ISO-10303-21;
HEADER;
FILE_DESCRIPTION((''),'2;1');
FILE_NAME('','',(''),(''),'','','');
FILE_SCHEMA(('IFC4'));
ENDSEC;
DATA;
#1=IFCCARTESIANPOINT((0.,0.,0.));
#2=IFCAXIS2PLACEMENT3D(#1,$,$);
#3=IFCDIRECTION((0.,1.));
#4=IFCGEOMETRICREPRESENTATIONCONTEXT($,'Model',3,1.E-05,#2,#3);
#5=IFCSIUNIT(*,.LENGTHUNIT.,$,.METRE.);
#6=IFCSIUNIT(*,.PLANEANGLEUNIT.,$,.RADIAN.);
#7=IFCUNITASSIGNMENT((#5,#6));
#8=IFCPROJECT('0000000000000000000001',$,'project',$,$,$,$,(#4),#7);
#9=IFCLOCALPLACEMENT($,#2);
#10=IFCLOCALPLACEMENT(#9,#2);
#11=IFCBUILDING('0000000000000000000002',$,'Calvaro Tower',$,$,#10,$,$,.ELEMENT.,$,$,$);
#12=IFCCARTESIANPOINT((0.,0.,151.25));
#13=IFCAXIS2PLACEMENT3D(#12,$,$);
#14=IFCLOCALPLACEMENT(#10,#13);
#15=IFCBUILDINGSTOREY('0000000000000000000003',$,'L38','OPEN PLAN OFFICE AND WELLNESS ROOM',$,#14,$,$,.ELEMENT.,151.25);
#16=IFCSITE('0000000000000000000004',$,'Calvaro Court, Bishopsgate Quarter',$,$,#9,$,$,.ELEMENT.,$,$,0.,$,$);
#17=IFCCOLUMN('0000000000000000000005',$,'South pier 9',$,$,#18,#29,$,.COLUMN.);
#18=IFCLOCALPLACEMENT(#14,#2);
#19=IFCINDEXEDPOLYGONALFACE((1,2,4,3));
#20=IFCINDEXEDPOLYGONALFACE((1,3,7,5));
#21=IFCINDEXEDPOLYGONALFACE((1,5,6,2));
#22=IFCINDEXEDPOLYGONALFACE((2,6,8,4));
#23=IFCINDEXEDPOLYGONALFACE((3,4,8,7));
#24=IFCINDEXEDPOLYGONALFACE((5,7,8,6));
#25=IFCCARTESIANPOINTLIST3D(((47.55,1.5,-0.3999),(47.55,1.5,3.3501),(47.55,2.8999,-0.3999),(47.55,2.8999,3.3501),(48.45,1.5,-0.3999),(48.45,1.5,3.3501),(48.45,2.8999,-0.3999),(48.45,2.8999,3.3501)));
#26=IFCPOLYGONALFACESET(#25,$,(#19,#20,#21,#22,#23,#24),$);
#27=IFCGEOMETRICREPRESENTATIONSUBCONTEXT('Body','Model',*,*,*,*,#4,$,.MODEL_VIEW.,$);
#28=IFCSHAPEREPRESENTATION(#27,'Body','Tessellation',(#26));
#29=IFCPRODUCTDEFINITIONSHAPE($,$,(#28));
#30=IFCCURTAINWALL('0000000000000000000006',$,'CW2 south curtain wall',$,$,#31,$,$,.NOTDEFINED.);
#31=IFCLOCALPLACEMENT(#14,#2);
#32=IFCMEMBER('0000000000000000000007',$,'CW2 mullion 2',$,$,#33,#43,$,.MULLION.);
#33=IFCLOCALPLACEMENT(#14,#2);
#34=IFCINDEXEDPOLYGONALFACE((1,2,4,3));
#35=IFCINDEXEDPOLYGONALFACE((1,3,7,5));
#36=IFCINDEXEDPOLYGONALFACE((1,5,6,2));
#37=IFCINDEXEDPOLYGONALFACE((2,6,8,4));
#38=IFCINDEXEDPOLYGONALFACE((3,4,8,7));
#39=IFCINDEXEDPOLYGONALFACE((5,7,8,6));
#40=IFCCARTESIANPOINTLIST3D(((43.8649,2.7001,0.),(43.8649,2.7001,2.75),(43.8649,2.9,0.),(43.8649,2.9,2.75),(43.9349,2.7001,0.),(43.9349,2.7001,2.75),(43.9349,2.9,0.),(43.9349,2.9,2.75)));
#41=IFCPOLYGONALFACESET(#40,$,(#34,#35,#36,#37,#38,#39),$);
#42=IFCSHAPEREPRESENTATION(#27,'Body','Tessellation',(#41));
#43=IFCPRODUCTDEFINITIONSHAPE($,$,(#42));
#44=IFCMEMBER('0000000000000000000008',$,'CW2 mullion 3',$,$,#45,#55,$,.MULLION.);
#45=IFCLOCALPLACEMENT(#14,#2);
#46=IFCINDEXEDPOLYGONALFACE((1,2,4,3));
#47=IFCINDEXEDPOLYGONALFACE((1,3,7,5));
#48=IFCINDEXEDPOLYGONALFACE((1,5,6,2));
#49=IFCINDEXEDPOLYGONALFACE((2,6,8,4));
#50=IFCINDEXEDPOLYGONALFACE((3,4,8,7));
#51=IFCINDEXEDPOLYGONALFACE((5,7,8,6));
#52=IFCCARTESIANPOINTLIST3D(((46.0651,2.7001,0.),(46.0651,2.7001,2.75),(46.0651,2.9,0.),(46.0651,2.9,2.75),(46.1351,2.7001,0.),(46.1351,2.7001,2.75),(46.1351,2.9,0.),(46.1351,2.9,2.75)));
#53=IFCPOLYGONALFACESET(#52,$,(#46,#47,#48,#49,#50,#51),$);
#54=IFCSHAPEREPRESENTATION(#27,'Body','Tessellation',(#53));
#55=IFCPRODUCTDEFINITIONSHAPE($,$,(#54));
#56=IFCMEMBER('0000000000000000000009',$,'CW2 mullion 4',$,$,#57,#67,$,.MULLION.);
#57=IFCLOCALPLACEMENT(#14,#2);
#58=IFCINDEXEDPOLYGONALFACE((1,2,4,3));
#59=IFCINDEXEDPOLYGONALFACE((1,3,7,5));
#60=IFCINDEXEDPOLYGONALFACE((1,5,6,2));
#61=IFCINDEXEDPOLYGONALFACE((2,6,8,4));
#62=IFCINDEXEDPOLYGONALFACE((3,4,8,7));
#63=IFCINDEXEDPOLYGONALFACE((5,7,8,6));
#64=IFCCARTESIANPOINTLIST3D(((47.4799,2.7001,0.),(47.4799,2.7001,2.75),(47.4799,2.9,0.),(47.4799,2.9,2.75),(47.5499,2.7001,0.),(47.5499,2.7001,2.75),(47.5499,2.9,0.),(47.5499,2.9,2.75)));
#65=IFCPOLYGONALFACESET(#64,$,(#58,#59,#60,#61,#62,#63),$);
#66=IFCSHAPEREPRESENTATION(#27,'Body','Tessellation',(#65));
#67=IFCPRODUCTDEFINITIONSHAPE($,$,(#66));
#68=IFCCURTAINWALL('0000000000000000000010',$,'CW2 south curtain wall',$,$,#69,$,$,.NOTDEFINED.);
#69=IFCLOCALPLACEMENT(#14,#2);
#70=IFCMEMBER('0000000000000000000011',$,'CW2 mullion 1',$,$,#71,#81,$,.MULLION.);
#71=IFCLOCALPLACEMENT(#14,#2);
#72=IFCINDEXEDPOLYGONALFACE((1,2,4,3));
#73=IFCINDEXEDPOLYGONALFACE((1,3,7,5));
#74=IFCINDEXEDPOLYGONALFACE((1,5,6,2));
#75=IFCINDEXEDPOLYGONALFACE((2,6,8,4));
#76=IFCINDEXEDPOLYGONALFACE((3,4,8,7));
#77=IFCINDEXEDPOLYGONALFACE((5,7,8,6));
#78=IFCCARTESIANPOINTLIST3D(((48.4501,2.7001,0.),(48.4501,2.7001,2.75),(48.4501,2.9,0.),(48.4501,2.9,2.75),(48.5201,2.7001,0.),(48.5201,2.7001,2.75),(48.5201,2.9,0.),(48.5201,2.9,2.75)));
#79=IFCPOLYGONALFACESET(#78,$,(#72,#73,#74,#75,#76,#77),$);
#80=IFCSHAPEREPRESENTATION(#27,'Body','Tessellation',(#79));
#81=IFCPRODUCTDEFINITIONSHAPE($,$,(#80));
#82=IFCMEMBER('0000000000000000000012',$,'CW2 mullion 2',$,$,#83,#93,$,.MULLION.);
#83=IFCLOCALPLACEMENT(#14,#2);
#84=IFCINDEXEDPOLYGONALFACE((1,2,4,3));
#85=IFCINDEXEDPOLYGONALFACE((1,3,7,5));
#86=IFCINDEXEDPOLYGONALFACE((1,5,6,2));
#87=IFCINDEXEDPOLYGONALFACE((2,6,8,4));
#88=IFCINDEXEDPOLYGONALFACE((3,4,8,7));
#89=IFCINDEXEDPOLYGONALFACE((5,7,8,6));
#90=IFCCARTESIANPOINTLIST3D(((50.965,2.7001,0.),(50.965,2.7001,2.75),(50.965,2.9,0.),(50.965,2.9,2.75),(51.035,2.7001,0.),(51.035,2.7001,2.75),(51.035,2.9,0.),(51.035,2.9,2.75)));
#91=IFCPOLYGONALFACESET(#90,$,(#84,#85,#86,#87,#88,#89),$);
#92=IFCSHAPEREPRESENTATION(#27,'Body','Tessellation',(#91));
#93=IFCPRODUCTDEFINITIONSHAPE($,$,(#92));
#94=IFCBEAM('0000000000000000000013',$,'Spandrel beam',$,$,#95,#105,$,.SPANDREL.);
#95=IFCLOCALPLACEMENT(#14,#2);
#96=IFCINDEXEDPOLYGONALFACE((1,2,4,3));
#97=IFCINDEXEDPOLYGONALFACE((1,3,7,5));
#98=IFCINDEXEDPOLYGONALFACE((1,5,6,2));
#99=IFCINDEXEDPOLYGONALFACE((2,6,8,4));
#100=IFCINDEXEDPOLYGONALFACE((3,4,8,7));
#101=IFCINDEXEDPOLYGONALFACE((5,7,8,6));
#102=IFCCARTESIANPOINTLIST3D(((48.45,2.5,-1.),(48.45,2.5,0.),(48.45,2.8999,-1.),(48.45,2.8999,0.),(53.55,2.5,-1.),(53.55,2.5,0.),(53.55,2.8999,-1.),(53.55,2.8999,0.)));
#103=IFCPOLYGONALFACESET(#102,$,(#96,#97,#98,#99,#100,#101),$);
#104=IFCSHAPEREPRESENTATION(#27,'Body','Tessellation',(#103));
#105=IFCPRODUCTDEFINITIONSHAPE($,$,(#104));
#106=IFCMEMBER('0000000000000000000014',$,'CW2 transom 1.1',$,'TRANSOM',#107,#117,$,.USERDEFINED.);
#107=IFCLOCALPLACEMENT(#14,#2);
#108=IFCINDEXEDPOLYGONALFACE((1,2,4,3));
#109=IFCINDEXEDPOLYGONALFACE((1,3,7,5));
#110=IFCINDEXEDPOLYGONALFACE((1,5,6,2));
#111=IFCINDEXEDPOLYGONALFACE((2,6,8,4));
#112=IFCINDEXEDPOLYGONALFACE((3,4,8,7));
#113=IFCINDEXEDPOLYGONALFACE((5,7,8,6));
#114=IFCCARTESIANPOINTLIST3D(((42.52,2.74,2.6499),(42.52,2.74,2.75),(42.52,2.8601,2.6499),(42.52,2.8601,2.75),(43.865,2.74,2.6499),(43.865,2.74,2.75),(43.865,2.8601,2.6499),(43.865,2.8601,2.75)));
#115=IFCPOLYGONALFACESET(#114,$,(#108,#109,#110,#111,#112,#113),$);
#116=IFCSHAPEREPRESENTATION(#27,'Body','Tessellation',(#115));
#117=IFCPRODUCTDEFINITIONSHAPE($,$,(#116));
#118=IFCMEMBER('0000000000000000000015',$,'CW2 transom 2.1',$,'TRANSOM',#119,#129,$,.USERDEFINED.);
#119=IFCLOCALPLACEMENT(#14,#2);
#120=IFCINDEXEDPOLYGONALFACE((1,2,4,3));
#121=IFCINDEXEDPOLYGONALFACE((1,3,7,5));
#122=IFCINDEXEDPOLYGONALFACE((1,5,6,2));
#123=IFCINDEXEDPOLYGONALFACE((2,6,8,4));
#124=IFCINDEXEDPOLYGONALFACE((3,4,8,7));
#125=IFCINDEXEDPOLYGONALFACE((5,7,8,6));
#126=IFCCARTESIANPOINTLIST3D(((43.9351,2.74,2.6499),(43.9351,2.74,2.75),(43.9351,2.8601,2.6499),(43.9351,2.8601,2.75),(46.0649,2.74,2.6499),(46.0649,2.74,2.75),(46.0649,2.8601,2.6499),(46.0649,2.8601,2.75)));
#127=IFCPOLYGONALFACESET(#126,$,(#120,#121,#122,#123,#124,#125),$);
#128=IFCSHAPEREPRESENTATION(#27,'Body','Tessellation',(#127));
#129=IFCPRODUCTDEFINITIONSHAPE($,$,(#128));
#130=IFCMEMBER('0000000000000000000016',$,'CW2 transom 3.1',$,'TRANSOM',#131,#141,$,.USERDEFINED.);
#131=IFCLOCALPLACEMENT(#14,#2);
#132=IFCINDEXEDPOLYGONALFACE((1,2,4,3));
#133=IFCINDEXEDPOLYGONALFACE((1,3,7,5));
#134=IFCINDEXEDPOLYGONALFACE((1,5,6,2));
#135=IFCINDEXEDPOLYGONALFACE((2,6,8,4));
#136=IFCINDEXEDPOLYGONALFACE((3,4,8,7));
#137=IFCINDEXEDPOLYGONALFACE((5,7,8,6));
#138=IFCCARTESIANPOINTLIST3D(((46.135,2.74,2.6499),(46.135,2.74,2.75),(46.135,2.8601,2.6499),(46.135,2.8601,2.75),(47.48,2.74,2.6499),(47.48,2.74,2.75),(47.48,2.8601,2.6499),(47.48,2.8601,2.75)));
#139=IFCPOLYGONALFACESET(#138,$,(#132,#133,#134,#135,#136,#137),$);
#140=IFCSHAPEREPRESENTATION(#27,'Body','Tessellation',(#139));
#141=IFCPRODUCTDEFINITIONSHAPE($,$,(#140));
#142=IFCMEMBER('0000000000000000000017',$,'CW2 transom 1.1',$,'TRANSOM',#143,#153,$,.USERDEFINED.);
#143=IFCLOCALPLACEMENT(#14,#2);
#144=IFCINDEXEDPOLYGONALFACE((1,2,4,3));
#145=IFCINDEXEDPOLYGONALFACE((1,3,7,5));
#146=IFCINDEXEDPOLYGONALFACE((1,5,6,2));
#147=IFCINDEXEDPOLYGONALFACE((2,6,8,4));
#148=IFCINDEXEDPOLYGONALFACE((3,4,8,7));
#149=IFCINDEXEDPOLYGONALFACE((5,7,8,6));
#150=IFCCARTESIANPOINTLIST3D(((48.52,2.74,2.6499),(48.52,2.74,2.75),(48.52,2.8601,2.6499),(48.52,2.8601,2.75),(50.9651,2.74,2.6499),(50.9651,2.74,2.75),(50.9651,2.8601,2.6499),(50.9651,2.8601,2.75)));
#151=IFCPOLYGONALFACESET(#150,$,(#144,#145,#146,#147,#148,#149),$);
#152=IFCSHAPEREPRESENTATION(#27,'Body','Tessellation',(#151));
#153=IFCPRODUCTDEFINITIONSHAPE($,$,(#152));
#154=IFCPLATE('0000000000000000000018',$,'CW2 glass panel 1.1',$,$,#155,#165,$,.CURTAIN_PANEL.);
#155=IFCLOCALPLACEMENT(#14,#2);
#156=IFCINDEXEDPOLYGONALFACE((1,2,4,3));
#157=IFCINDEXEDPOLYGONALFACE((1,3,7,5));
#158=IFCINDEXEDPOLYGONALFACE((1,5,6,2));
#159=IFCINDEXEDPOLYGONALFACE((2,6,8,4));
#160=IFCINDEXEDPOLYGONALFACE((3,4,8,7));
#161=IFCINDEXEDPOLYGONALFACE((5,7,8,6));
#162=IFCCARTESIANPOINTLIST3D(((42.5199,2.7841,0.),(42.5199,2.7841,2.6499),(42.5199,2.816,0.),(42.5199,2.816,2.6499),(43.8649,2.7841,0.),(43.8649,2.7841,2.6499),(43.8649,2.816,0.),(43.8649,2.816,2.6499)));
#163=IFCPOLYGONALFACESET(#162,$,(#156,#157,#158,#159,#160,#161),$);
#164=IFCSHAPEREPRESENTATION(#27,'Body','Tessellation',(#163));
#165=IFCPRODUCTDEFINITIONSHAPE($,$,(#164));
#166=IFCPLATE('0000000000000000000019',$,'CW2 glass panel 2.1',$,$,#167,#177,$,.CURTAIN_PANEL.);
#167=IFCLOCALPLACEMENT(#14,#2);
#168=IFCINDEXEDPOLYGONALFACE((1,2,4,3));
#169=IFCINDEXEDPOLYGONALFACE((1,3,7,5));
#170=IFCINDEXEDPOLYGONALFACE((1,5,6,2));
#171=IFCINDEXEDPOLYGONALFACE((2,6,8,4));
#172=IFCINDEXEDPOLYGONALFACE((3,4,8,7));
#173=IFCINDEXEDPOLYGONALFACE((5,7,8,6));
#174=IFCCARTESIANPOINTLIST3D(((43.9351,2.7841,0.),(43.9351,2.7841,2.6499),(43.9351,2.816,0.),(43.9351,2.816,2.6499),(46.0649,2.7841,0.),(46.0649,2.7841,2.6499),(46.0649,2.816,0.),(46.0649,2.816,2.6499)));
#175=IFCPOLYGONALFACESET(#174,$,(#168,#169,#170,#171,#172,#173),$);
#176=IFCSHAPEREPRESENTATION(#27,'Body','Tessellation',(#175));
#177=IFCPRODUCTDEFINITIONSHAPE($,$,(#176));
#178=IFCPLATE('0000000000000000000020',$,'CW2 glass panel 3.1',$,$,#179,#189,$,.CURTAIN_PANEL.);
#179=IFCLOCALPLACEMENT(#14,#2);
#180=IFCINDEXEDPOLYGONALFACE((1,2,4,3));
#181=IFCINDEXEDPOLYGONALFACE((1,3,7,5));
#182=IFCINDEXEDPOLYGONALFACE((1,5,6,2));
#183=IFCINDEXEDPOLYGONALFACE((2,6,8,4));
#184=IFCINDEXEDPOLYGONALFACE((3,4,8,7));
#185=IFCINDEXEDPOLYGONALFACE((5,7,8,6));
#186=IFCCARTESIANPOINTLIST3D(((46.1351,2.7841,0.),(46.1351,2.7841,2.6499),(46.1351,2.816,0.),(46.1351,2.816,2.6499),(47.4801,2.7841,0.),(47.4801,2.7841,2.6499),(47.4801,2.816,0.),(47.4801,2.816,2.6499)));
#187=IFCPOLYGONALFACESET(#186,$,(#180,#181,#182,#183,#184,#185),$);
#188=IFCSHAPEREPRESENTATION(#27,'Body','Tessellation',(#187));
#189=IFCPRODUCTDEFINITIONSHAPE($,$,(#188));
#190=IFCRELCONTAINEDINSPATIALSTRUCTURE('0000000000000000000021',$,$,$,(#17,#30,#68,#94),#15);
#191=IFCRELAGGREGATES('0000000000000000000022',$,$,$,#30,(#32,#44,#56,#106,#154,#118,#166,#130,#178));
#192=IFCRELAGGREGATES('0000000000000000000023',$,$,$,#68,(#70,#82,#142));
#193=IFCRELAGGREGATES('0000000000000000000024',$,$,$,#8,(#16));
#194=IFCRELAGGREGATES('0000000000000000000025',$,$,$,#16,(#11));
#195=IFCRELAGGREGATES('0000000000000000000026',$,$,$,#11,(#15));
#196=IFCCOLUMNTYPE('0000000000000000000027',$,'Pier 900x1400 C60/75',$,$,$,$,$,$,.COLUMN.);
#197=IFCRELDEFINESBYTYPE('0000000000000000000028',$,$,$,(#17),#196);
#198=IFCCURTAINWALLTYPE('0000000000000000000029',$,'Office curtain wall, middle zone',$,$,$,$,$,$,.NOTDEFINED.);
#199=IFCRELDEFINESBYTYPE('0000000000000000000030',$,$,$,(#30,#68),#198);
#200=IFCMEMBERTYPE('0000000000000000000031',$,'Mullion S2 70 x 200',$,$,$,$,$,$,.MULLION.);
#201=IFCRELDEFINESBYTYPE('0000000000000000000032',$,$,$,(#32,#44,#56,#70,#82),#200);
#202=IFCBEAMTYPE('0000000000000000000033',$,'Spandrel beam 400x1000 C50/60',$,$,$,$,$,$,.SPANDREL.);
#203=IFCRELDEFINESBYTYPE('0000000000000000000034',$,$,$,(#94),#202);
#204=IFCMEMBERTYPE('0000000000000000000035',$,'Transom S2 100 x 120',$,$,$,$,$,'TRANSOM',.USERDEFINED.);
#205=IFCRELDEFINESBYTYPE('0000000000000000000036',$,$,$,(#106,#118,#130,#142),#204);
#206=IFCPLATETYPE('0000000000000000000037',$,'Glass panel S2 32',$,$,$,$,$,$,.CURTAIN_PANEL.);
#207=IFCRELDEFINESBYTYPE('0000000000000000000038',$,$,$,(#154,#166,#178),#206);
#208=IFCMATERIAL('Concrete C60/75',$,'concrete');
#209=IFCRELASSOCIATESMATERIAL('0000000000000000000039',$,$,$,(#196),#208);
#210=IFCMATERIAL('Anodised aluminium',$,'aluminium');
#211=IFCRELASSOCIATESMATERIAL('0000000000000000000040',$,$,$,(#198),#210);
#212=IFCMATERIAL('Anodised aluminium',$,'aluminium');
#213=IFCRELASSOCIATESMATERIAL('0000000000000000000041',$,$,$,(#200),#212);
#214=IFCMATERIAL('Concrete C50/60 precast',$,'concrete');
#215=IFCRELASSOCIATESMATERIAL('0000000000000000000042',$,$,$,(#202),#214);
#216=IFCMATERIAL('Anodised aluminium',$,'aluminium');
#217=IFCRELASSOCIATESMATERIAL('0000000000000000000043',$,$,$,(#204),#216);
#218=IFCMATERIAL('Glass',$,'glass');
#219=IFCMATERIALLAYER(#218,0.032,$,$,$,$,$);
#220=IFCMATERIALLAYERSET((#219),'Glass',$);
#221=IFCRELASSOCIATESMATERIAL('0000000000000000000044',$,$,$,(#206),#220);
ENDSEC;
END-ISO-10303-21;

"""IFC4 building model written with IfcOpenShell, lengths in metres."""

from ifc_helpers import new_model, si_unit, direction, frame, origin, origin_2d, place, context, subcontext, project, spatial, rectangle, extrude, material, layer, layer_set, material_profile, profile_set, type_object, element, aggregate, save


model = new_model("IFC4")

# Units and contexts
model_context = context("Model", 3, precision=1e-05, world=origin(), true_north=direction((0.0, 1.0)))
body_context = subcontext(model_context, "Body", "Model", "MODEL_VIEW")
ifc_project = project(units=[si_unit("LENGTHUNIT", "METRE"), si_unit("PLANEANGLEUNIT", "RADIAN")], contexts=[model_context])

# Site, building, storey
site_placement = place(None, origin())
site = spatial("IfcSite", under=ifc_project, at=site_placement, Name="Calvaro Court, Bishopsgate Quarter", CompositionType="ELEMENT", RefElevation=0.0)
building_placement = place(site_placement, origin())
building = spatial("IfcBuilding", under=site, at=building_placement, Name="Calvaro Tower", CompositionType="ELEMENT")
storey_placement = place(building_placement, frame((0.0, 0.0, 151.25)))
storey = spatial("IfcBuildingStorey", under=building, at=storey_placement, Name="L38", Description="OPEN PLAN OFFICE AND WELLNESS ROOM", CompositionType="ELEMENT", Elevation=151.25)

# Column
ifc_material_1 = material(Name="Concrete C60/75", Category="concrete")
ifc_material_profile_1 = material_profile(ifc_material_1, rectangle(XDim=0.8999, YDim=1.3999, at=origin_2d()), Name="RC 900x1400")
ifc_profile_set_1 = profile_set([ifc_material_profile_1], Name="Concrete C60/75")
column_type = type_object("IfcColumnType", Name="Pier 900x1400 C60/75", PredefinedType="COLUMN", material=ifc_profile_set_1)
column_placement = place(storey_placement, frame((48.0, 2.2, -0.3999), z_axis=(0.0, 0.0, 1.0), x_axis=(1.0, 0.0, 0.0)))
element("IfcColumn", 1, at=column_placement, inside=storey, type_object=column_type, Name="South pier 9", PredefinedType="COLUMN", context=body_context, shape_type="SweptSolid", body=[
    extrude(rectangle(XDim=0.8999, YDim=1.3999, at=origin_2d()), origin(), (0.0, 0.0, 1.0), 3.75),
])

# Curtain walls, members
ifc_material_2 = material(Name="Anodised aluminium", Category="aluminium")
curtain_wall_type = type_object("IfcCurtainWallType", Name="Office curtain wall, middle zone", PredefinedType="NOTDEFINED", material=ifc_material_2)
curtain_wall_1_placement = place(storey_placement, origin())
curtain_wall_1 = element("IfcCurtainWall", 2, at=curtain_wall_1_placement, inside=storey, type_object=curtain_wall_type, Name="CW2 south curtain wall", PredefinedType="NOTDEFINED")
ifc_material_3 = material(Name="Anodised aluminium", Category="aluminium")
ifc_material_profile_2 = material_profile(ifc_material_3, rectangle(XDim=0.2, YDim=0.0701, at=origin_2d()), Name="Mullion S2 70 x 200")
ifc_profile_set_2 = profile_set([ifc_material_profile_2], Name="Anodised aluminium")
member_type_1 = type_object("IfcMemberType", Name="Mullion S2 70 x 200", PredefinedType="MULLION", material=ifc_profile_set_2)
member_1_placement = place(storey_placement, frame((43.8999, 2.8, 0.0), z_axis=(0.0, 0.0, 1.0), x_axis=(0.0, 1.0, 0.0)))
member_1 = element("IfcMember", 3, at=member_1_placement, type_object=member_type_1, Name="CW2 mullion 2", PredefinedType="MULLION", context=body_context, shape_type="SweptSolid", body=[
    extrude(rectangle(XDim=0.2, YDim=0.0701, at=origin_2d()), origin(), (0.0, 0.0, 1.0), 2.75),
])
member_2_placement = place(storey_placement, frame((46.1001, 2.8, 0.0), z_axis=(0.0, 0.0, 1.0), x_axis=(0.0, 1.0, 0.0)))
member_2 = element("IfcMember", 4, at=member_2_placement, type_object=member_type_1, Name="CW2 mullion 3", PredefinedType="MULLION", context=body_context, shape_type="SweptSolid", body=[
    extrude(rectangle(XDim=0.2, YDim=0.0701, at=origin_2d()), origin(), (0.0, 0.0, 1.0), 2.75),
])
member_3_placement = place(storey_placement, frame((47.5149, 2.8, 0.0), z_axis=(0.0, 0.0, 1.0), x_axis=(0.0, 1.0, 0.0)))
member_3 = element("IfcMember", 5, at=member_3_placement, type_object=member_type_1, Name="CW2 mullion 4", PredefinedType="MULLION", context=body_context, shape_type="SweptSolid", body=[
    extrude(rectangle(XDim=0.2, YDim=0.0701, at=origin_2d()), origin(), (0.0, 0.0, 1.0), 2.75),
])
curtain_wall_2_placement = place(storey_placement, origin())
curtain_wall_2 = element("IfcCurtainWall", 6, at=curtain_wall_2_placement, inside=storey, type_object=curtain_wall_type, Name="CW2 south curtain wall", PredefinedType="NOTDEFINED")
member_4_placement = place(storey_placement, frame((48.4851, 2.8, 0.0), z_axis=(0.0, 0.0, 1.0), x_axis=(0.0, 1.0, 0.0)))
member_4 = element("IfcMember", 7, at=member_4_placement, type_object=member_type_1, Name="CW2 mullion 1", PredefinedType="MULLION", context=body_context, shape_type="SweptSolid", body=[
    extrude(rectangle(XDim=0.2, YDim=0.0701, at=origin_2d()), origin(), (0.0, 0.0, 1.0), 2.75),
])
member_5_placement = place(storey_placement, frame((51.0, 2.8, 0.0), z_axis=(0.0, 0.0, 1.0), x_axis=(0.0, 1.0, 0.0)))
member_5 = element("IfcMember", 8, at=member_5_placement, type_object=member_type_1, Name="CW2 mullion 2", PredefinedType="MULLION", context=body_context, shape_type="SweptSolid", body=[
    extrude(rectangle(XDim=0.2, YDim=0.0701, at=origin_2d()), origin(), (0.0, 0.0, 1.0), 2.75),
])

# Beam
ifc_material_4 = material(Name="Concrete C50/60 precast", Category="concrete")
ifc_material_profile_3 = material_profile(ifc_material_4, rectangle(XDim=0.3999, YDim=1.0, at=origin_2d()), Name="RC 400x1000")
ifc_profile_set_3 = profile_set([ifc_material_profile_3], Name="Concrete C50/60 precast")
beam_type = type_object("IfcBeamType", Name="Spandrel beam 400x1000 C50/60", PredefinedType="SPANDREL", material=ifc_profile_set_3)
beam_placement = place(storey_placement, frame((48.45, 2.7, -0.5), z_axis=(1.0, 0.0, 0.0), x_axis=(0.0, 1.0, 0.0)))
element("IfcBeam", 9, at=beam_placement, inside=storey, type_object=beam_type, Name="Spandrel beam", PredefinedType="SPANDREL", context=body_context, shape_type="SweptSolid", body=[
    extrude(rectangle(XDim=0.3999, YDim=1.0, at=origin_2d()), origin(), (0.0, 0.0, 1.0), 5.1001),
])

# Members
ifc_material_5 = material(Name="Anodised aluminium", Category="aluminium")
ifc_material_profile_4 = material_profile(ifc_material_5, rectangle(XDim=0.1201, YDim=0.1001, at=origin_2d()), Name="Transom S2 100 x 120")
ifc_profile_set_4 = profile_set([ifc_material_profile_4], Name="Anodised aluminium")
member_type_2 = type_object("IfcMemberType", Name="Transom S2 100 x 120", ElementType="TRANSOM", PredefinedType="USERDEFINED", material=ifc_profile_set_4)
member_6_placement = place(storey_placement, frame((42.52, 2.8, 2.7), z_axis=(1.0, 0.0, 0.0), x_axis=(0.0, 1.0, 0.0)))
member_6 = element("IfcMember", 10, at=member_6_placement, type_object=member_type_2, Name="CW2 transom 1.1", ObjectType="TRANSOM", PredefinedType="USERDEFINED", context=body_context, shape_type="SweptSolid", body=[
    extrude(rectangle(XDim=0.1201, YDim=0.1001, at=origin_2d()), origin(), (0.0, 0.0, 1.0), 1.345),
])
member_7_placement = place(storey_placement, frame((43.9351, 2.8, 2.7), z_axis=(1.0, 0.0, 0.0), x_axis=(0.0, 1.0, 0.0)))
member_7 = element("IfcMember", 11, at=member_7_placement, type_object=member_type_2, Name="CW2 transom 2.1", ObjectType="TRANSOM", PredefinedType="USERDEFINED", context=body_context, shape_type="SweptSolid", body=[
    extrude(rectangle(XDim=0.1201, YDim=0.1001, at=origin_2d()), origin(), (0.0, 0.0, 1.0), 2.1299),
])
member_8_placement = place(storey_placement, frame((46.135, 2.8, 2.7), z_axis=(1.0, 0.0, 0.0), x_axis=(0.0, 1.0, 0.0)))
member_8 = element("IfcMember", 12, at=member_8_placement, type_object=member_type_2, Name="CW2 transom 3.1", ObjectType="TRANSOM", PredefinedType="USERDEFINED", context=body_context, shape_type="SweptSolid", body=[
    extrude(rectangle(XDim=0.1201, YDim=0.1001, at=origin_2d()), origin(), (0.0, 0.0, 1.0), 1.345),
])
member_9_placement = place(storey_placement, frame((48.52, 2.8, 2.7), z_axis=(1.0, 0.0, 0.0), x_axis=(0.0, 1.0, 0.0)))
member_9 = element("IfcMember", 13, at=member_9_placement, type_object=member_type_2, Name="CW2 transom 1.1", ObjectType="TRANSOM", PredefinedType="USERDEFINED", context=body_context, shape_type="SweptSolid", body=[
    extrude(rectangle(XDim=0.1201, YDim=0.1001, at=origin_2d()), origin(), (0.0, 0.0, 1.0), 2.4451),
])

# Plates
ifc_material_6 = material(Name="Glass", Category="glass")
ifc_layer_1 = layer(ifc_material_6, 0.032)
ifc_layer_set_1 = layer_set([ifc_layer_1], Name="Glass")
plate_type = type_object("IfcPlateType", Name="Glass panel S2 32", PredefinedType="CURTAIN_PANEL", material=ifc_layer_set_1)
plate_1_placement = place(storey_placement, frame((43.1924, 2.8, 0.0), z_axis=(0.0, 0.0, 1.0), x_axis=(1.0, 0.0, 0.0)))
plate_1 = element("IfcPlate", 14, at=plate_1_placement, type_object=plate_type, Name="CW2 glass panel 1.1", PredefinedType="CURTAIN_PANEL", context=body_context, shape_type="SweptSolid", body=[
    extrude(rectangle(XDim=1.345, YDim=0.032, at=origin_2d()), origin(), (0.0, 0.0, 1.0), 2.6499),
])
plate_2_placement = place(storey_placement, frame((45.0, 2.8, 0.0), z_axis=(0.0, 0.0, 1.0), x_axis=(1.0, 0.0, 0.0)))
plate_2 = element("IfcPlate", 15, at=plate_2_placement, type_object=plate_type, Name="CW2 glass panel 2.1", PredefinedType="CURTAIN_PANEL", context=body_context, shape_type="SweptSolid", body=[
    extrude(rectangle(XDim=2.1299, YDim=0.032, at=origin_2d()), origin(), (0.0, 0.0, 1.0), 2.6499),
])
plate_3_placement = place(storey_placement, frame((46.8076, 2.8, 0.0), z_axis=(0.0, 0.0, 1.0), x_axis=(1.0, 0.0, 0.0)))
plate_3 = element("IfcPlate", 16, at=plate_3_placement, type_object=plate_type, Name="CW2 glass panel 3.1", PredefinedType="CURTAIN_PANEL", context=body_context, shape_type="SweptSolid", body=[
    extrude(rectangle(XDim=1.345, YDim=0.032, at=origin_2d()), origin(), (0.0, 0.0, 1.0), 2.6499),
])
aggregate(curtain_wall_1, [member_1, member_2, member_3, member_6, plate_1, member_7, plate_2, member_8, plate_3])
aggregate(curtain_wall_2, [member_4, member_5, member_9])

save(model, "model.ifc")
